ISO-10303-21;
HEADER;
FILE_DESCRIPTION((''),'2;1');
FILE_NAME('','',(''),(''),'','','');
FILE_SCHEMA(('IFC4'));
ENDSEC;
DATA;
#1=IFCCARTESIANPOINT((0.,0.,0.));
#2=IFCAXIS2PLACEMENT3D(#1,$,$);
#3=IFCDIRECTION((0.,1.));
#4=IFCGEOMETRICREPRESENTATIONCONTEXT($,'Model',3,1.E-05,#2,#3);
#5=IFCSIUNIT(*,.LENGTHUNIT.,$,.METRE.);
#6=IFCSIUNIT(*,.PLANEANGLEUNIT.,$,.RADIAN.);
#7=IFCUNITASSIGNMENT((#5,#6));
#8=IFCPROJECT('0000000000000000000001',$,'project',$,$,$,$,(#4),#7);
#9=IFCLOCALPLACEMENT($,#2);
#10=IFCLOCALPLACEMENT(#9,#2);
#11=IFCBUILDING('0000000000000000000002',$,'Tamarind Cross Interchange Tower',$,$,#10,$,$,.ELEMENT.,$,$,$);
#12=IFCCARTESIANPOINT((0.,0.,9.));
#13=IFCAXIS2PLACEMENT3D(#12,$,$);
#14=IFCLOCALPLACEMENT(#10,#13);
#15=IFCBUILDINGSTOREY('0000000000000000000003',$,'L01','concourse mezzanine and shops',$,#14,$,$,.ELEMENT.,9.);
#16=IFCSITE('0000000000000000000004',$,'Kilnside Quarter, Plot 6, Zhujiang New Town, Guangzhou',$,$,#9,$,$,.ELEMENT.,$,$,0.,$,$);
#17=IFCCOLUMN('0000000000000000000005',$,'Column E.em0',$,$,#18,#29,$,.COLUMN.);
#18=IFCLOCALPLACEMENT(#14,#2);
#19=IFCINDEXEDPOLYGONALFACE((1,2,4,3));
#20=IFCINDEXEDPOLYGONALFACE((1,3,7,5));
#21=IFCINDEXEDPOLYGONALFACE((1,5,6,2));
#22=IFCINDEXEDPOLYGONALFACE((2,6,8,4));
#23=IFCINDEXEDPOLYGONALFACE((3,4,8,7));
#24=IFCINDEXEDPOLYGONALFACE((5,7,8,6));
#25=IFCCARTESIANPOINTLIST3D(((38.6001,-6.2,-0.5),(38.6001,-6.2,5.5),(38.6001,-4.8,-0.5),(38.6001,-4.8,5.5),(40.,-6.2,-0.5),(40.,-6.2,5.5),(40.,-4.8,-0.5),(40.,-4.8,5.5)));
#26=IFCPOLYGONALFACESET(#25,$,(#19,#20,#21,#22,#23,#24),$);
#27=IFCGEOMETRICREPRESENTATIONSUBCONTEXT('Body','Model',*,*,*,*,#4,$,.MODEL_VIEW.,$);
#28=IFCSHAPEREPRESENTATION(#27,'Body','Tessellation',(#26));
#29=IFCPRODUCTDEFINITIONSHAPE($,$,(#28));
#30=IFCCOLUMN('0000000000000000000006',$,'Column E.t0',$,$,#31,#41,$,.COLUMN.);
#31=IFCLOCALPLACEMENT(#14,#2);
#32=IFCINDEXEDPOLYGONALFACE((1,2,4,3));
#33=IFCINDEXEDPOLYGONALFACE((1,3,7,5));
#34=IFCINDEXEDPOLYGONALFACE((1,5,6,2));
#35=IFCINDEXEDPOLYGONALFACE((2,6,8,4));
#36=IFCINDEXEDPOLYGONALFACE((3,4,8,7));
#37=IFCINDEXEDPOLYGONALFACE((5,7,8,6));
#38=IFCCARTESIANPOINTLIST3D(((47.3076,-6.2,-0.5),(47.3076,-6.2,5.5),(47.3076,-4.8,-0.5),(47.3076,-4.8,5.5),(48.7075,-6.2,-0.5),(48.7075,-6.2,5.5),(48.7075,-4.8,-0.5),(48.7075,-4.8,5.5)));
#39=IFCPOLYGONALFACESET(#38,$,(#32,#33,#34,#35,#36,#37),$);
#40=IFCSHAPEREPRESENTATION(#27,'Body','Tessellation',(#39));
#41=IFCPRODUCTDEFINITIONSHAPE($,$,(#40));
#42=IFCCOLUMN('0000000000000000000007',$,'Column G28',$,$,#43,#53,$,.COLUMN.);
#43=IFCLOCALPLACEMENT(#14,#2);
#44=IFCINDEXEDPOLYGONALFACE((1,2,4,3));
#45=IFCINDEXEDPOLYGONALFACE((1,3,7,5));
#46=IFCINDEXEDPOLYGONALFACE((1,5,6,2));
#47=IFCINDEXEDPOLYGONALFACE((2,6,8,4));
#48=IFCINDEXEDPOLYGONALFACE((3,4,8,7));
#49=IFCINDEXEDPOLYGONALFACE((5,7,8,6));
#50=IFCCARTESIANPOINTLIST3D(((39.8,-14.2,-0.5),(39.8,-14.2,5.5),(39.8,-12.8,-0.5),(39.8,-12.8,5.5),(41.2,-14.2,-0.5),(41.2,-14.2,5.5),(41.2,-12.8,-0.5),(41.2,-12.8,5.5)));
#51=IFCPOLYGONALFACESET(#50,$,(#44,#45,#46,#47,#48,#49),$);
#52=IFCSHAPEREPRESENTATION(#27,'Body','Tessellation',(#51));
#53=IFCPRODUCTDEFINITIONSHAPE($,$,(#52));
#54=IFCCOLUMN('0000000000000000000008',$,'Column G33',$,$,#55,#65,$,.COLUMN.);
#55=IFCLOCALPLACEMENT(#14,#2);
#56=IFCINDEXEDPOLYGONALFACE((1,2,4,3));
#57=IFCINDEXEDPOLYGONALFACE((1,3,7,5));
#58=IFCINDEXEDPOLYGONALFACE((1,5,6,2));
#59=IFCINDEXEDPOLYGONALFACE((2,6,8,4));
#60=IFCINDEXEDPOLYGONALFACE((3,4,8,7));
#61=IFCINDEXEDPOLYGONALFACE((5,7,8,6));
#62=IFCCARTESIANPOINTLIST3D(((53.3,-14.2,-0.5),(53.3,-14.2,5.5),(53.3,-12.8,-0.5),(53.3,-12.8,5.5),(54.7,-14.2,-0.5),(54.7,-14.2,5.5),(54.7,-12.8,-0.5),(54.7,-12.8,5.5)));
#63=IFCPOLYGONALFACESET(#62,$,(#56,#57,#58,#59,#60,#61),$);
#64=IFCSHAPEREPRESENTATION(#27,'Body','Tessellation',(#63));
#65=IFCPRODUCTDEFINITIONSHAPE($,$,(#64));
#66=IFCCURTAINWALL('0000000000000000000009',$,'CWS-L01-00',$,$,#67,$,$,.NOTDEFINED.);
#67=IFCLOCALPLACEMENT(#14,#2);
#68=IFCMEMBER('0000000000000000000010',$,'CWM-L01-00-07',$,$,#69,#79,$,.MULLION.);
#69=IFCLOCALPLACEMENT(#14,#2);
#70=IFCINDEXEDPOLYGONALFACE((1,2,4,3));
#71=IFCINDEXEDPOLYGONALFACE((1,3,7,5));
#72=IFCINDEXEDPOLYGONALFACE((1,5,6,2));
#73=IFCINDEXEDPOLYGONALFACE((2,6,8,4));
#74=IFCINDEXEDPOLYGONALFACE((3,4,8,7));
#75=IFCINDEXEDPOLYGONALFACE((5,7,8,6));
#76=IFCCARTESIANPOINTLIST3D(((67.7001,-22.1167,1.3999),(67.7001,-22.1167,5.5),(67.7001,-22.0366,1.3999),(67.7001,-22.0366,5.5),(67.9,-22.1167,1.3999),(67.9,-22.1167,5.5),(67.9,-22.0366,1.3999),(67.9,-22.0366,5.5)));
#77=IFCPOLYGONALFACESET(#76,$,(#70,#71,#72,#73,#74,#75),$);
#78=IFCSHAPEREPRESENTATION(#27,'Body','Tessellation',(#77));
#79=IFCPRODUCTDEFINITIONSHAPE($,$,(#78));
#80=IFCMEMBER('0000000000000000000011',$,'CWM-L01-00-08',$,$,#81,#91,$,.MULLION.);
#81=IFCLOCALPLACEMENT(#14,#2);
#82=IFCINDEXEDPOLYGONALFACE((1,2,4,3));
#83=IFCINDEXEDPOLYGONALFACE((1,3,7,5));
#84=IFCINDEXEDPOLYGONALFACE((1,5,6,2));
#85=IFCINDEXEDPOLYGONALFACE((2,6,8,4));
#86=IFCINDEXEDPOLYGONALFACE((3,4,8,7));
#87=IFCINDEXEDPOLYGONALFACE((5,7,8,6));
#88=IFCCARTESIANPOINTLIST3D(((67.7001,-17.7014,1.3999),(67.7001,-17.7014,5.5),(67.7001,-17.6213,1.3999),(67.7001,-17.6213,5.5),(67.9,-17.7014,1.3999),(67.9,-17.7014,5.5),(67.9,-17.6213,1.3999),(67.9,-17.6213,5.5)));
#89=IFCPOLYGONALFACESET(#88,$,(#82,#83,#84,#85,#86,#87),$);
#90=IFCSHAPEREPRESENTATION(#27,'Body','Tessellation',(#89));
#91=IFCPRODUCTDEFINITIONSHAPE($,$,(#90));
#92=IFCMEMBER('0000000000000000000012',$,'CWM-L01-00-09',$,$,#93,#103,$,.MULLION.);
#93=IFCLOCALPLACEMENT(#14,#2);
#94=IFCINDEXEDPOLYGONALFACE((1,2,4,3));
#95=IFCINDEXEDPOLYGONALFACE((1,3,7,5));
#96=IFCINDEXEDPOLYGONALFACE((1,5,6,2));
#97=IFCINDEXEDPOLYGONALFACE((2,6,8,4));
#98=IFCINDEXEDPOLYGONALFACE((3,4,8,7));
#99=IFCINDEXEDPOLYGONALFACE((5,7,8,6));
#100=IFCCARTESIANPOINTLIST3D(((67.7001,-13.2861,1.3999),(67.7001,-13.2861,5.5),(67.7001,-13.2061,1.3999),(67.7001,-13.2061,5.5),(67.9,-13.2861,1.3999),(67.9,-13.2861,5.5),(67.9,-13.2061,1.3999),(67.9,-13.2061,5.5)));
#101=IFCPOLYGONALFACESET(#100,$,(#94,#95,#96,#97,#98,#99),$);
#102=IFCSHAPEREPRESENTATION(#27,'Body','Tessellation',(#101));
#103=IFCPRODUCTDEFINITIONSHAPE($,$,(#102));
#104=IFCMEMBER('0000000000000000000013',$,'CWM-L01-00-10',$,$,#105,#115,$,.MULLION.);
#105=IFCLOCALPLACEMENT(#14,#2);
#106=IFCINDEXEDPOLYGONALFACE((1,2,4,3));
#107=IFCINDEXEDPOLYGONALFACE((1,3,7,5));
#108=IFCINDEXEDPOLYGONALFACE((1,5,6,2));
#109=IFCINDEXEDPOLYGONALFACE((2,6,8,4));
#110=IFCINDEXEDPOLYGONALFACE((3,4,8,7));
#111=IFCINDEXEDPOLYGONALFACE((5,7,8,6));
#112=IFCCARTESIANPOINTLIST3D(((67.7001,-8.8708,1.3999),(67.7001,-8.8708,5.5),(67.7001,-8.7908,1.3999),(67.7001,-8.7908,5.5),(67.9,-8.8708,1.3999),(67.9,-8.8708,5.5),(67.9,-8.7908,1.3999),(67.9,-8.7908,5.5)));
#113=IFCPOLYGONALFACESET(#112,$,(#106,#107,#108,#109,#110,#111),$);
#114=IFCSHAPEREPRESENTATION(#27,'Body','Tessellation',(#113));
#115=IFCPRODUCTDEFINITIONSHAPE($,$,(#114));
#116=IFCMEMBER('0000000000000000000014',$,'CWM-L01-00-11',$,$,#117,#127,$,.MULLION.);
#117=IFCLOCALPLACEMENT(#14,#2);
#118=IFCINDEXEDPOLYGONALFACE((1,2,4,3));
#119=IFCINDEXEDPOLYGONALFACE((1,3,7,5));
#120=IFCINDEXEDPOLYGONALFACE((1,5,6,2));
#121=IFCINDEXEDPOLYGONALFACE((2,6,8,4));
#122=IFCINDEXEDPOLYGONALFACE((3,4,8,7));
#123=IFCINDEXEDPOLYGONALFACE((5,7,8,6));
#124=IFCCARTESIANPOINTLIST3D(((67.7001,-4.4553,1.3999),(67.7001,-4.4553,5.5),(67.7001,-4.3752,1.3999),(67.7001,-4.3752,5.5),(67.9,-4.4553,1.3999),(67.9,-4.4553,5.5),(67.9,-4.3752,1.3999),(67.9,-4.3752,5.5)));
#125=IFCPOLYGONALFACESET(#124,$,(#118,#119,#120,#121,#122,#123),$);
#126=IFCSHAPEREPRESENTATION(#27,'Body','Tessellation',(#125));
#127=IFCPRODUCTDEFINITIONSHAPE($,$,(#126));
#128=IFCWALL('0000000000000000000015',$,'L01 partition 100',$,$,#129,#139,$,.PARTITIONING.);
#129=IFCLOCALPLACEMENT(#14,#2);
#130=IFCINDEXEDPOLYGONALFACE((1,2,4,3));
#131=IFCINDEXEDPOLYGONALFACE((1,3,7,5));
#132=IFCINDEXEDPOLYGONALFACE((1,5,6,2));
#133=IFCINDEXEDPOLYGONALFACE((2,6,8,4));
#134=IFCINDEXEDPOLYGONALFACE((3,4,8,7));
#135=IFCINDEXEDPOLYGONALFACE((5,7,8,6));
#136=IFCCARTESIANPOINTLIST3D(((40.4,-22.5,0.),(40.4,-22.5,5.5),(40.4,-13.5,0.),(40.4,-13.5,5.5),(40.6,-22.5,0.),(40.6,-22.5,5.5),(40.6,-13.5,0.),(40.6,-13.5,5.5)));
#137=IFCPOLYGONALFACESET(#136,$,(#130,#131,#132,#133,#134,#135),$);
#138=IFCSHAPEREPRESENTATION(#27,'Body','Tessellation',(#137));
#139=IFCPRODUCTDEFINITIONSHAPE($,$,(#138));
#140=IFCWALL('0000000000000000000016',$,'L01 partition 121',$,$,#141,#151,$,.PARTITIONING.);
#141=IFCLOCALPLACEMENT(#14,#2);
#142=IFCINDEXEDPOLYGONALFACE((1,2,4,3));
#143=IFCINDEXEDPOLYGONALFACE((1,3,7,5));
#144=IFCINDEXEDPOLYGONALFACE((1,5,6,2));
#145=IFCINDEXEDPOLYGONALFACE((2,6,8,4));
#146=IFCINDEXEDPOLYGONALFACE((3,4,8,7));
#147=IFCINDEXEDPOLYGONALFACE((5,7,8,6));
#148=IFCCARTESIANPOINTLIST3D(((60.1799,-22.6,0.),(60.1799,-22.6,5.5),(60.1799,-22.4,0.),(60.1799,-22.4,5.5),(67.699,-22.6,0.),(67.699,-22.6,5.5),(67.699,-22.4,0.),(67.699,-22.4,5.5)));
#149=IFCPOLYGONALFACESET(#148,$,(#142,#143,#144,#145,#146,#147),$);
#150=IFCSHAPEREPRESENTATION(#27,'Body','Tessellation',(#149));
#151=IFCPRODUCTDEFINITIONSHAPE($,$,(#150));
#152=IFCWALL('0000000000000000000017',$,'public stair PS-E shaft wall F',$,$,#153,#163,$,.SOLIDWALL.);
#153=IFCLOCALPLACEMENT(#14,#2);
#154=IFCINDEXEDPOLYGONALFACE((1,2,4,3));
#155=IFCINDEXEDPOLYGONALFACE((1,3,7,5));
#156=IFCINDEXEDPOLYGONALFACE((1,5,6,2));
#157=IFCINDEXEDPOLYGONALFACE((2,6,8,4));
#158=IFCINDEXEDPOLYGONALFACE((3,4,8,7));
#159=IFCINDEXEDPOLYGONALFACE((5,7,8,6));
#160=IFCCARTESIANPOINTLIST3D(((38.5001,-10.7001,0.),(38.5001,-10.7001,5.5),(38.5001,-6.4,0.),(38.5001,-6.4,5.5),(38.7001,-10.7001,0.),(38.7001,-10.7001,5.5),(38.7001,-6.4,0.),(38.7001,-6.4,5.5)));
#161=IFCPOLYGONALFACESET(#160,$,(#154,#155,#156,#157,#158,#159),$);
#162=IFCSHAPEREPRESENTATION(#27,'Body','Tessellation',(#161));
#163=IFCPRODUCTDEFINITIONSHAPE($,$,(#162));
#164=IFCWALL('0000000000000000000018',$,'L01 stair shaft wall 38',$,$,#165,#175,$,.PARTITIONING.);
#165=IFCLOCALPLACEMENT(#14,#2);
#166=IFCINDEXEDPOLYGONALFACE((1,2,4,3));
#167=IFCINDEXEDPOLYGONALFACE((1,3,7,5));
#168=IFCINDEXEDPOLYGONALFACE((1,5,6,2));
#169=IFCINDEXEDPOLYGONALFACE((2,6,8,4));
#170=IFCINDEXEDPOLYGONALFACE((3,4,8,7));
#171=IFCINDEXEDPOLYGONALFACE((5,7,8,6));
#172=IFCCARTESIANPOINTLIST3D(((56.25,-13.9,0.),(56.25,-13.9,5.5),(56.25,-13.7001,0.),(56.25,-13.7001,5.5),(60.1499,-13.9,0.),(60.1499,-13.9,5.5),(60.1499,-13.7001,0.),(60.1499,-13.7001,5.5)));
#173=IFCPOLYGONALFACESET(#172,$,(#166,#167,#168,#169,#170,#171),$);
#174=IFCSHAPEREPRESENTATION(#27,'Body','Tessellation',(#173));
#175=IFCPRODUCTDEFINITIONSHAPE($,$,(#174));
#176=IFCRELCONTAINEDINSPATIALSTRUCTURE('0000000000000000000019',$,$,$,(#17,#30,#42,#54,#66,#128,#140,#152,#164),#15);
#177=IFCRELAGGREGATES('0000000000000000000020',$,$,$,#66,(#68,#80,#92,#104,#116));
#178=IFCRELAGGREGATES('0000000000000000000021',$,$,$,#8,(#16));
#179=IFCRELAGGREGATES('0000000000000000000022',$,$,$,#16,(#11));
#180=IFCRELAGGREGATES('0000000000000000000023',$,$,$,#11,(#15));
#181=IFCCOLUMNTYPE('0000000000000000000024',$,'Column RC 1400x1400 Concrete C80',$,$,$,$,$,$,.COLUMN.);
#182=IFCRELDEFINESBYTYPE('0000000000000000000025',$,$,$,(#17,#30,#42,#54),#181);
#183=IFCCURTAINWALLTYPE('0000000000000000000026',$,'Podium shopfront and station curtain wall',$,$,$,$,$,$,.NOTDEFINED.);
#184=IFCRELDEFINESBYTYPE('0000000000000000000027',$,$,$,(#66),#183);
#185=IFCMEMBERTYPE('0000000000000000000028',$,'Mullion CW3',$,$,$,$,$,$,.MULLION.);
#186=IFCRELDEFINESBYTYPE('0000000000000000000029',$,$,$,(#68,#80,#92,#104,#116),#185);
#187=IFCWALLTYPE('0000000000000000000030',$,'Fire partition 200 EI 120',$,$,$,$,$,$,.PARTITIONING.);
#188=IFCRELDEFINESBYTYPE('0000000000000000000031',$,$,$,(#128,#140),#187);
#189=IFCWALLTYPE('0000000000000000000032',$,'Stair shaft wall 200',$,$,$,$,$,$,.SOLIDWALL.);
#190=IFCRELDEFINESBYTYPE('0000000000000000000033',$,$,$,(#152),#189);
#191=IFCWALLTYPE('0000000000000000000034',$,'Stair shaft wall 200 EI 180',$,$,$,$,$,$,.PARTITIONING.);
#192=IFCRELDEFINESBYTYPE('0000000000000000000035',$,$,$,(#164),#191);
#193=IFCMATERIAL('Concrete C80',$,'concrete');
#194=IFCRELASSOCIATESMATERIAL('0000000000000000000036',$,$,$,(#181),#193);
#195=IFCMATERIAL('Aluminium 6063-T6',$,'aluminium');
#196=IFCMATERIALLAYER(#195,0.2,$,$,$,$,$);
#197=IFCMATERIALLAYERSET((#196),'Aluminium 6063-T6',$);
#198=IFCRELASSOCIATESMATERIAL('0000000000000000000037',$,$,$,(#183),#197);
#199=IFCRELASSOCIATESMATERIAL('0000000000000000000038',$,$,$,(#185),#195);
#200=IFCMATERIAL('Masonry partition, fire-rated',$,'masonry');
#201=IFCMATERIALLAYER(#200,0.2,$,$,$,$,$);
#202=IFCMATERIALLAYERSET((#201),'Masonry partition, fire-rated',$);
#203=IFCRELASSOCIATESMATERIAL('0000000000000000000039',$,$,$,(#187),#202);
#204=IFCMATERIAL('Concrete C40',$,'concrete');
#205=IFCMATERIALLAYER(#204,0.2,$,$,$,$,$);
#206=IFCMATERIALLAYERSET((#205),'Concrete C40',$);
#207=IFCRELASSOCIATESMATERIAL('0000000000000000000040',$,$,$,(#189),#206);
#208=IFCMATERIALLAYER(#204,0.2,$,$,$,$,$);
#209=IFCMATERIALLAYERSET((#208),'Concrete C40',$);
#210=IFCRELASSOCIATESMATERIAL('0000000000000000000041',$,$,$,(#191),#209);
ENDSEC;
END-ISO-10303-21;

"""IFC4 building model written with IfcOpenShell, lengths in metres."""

from ifc_helpers import new_model, si_unit, direction, frame, frame_2d, origin, origin_2d, place, context, subcontext, project, spatial, rectangle, extrude, material, layer, layer_set, material_profile, profile_set, type_object, element, aggregate, save


model = new_model("IFC4")

# Units and contexts
model_context = context("Model", 3, precision=1e-05, world=origin(), true_north=direction((0.0, 1.0)))
body_context = subcontext(model_context, "Body", "Model", "MODEL_VIEW")
ifc_project = project(units=[si_unit("LENGTHUNIT", "METRE"), si_unit("PLANEANGLEUNIT", "RADIAN")], contexts=[model_context])

# Site, building, storey
site_placement = place(None, origin())
site = spatial("IfcSite", under=ifc_project, at=site_placement, Name="Kilnside Quarter, Plot 6, Zhujiang New Town, Guangzhou", CompositionType="ELEMENT", RefElevation=0.0)
building_placement = place(site_placement, origin())
building = spatial("IfcBuilding", under=site, at=building_placement, Name="Tamarind Cross Interchange Tower", CompositionType="ELEMENT")
storey_placement = place(building_placement, frame((0.0, 0.0, 9.0)))
storey = spatial("IfcBuildingStorey", under=building, at=storey_placement, Name="L01", Description="concourse mezzanine and shops", CompositionType="ELEMENT", Elevation=9.0)

# Columns
ifc_material_1 = material(Name="Concrete C80", Category="concrete")
ifc_material_profile_1 = material_profile(ifc_material_1, rectangle(XDim=1.3999, YDim=1.3999, at=origin_2d()), Name="RC 1400x1400")
ifc_profile_set_1 = profile_set([ifc_material_profile_1], Name="Concrete C80")
column_type = type_object("IfcColumnType", Name="Column RC 1400x1400 Concrete C80", PredefinedType="COLUMN", material=ifc_profile_set_1)
for number, where, z_axis, x_axis, name in (
    (1, (39.3, -5.5, -0.5), (0.0, 0.0, 1.0), (1.0, 0.0, 0.0), "Column E.em0"),
    (2, (48.0076, -5.5, -0.5), (0.0, 0.0, 1.0), (1.0, 0.0, 0.0), "Column E.t0"),
    (3, (40.5, -13.5, -0.5), (0.0, 0.0, 1.0), (1.0, 0.0, 0.0), "Column G28"),
    (4, (54.0, -13.5, -0.5), (0.0, 0.0, 1.0), (1.0, 0.0, 0.0), "Column G33"),
):
    element("IfcColumn", number, at=place(storey_placement, frame(where, z_axis=z_axis, x_axis=x_axis)), inside=storey, type_object=column_type, Name=name, PredefinedType="COLUMN", context=body_context, shape_type="SweptSolid", body=[
        extrude(rectangle(XDim=1.3999, YDim=1.3999, at=origin_2d()), origin(), (0.0, 0.0, 1.0), 6.0),
    ])

# Curtain wall, members
ifc_material_2 = material(Name="Aluminium 6063-T6", Category="aluminium")
ifc_layer_1 = layer(ifc_material_2, 0.2)
ifc_layer_set_1 = layer_set([ifc_layer_1], Name="Aluminium 6063-T6")
curtain_wall_type = type_object("IfcCurtainWallType", Name="Podium shopfront and station curtain wall", PredefinedType="NOTDEFINED", material=ifc_layer_set_1)
curtain_wall_placement = place(storey_placement, origin())
curtain_wall = element("IfcCurtainWall", 5, at=curtain_wall_placement, inside=storey, type_object=curtain_wall_type, Name="CWS-L01-00", PredefinedType="NOTDEFINED")
ifc_material_profile_2 = material_profile(ifc_material_2, rectangle(XDim=0.0801, YDim=0.2, at=origin_2d()), Name="Mullion CW3")
ifc_profile_set_2 = profile_set([ifc_material_profile_2], Name="Aluminium 6063-T6")
member_type = type_object("IfcMemberType", Name="Mullion CW3", PredefinedType="MULLION", material=ifc_profile_set_2)
member_1_placement = place(storey_placement, frame((67.8, -22.0767, 1.3999), z_axis=(0.0, 0.0, 1.0), x_axis=(0.0, 1.0, 0.0)))
member_1 = element("IfcMember", 6, at=member_1_placement, type_object=member_type, Name="CWM-L01-00-07", PredefinedType="MULLION", context=body_context, shape_type="SweptSolid", body=[
    extrude(rectangle(XDim=0.0801, YDim=0.2, at=origin_2d()), origin(), (0.0, 0.0, 1.0), 4.1001),
])
member_2_placement = place(storey_placement, frame((67.8, -17.6614, 1.3999), z_axis=(0.0, 0.0, 1.0), x_axis=(0.0, 1.0, 0.0)))
member_2 = element("IfcMember", 7, at=member_2_placement, type_object=member_type, Name="CWM-L01-00-08", PredefinedType="MULLION", context=body_context, shape_type="SweptSolid", body=[
    extrude(rectangle(XDim=0.0801, YDim=0.2, at=origin_2d()), origin(), (0.0, 0.0, 1.0), 4.1001),
])
member_3_placement = place(storey_placement, frame((67.8, -13.2461, 1.3999), z_axis=(0.0, 0.0, 1.0), x_axis=(0.0, 1.0, 0.0)))
member_3 = element("IfcMember", 8, at=member_3_placement, type_object=member_type, Name="CWM-L01-00-09", PredefinedType="MULLION", context=body_context, shape_type="SweptSolid", body=[
    extrude(rectangle(XDim=0.0801, YDim=0.2, at=origin_2d()), origin(), (0.0, 0.0, 1.0), 4.1001),
])
member_4_placement = place(storey_placement, frame((67.8, -8.8308, 1.3999), z_axis=(0.0, 0.0, 1.0), x_axis=(0.0, 1.0, 0.0)))
member_4 = element("IfcMember", 9, at=member_4_placement, type_object=member_type, Name="CWM-L01-00-10", PredefinedType="MULLION", context=body_context, shape_type="SweptSolid", body=[
    extrude(rectangle(XDim=0.0801, YDim=0.2, at=origin_2d()), origin(), (0.0, 0.0, 1.0), 4.1001),
])
member_5_placement = place(storey_placement, frame((67.8, -4.4153, 1.3999), z_axis=(0.0, 0.0, 1.0), x_axis=(0.0, 1.0, 0.0)))
member_5 = element("IfcMember", 10, at=member_5_placement, type_object=member_type, Name="CWM-L01-00-11", PredefinedType="MULLION", context=body_context, shape_type="SweptSolid", body=[
    extrude(rectangle(XDim=0.0801, YDim=0.2, at=origin_2d()), origin(), (0.0, 0.0, 1.0), 4.1001),
])
aggregate(curtain_wall, [member_1, member_2, member_3, member_4, member_5])

# Walls
ifc_material_3 = material(Name="Masonry partition, fire-rated", Category="masonry")
ifc_layer_2 = layer(ifc_material_3, 0.2)
ifc_layer_set_2 = layer_set([ifc_layer_2], Name="Masonry partition, fire-rated")
wall_type_1 = type_object("IfcWallType", Name="Fire partition 200 EI 120", PredefinedType="PARTITIONING", material=ifc_layer_set_2)
wall_1_placement = place(storey_placement, frame((40.5, -22.5, 0.0), z_axis=(0.0, 0.0, 1.0), x_axis=(0.0, 1.0, 0.0)))
element("IfcWall", 11, at=wall_1_placement, inside=storey, type_object=wall_type_1, Name="L01 partition 100", PredefinedType="PARTITIONING", context=body_context, shape_type="SweptSolid", body=[
    extrude(rectangle(XDim=9.0, YDim=0.2, at=frame_2d((4.5, 0.0))), origin(), (0.0, 0.0, 1.0), 5.5),
])
wall_2_placement = place(storey_placement, frame((60.1799, -22.5, 0.0), z_axis=(0.0, 0.0, 1.0), x_axis=(1.0, 0.0, 0.0)))
element("IfcWall", 12, at=wall_2_placement, inside=storey, type_object=wall_type_1, Name="L01 partition 121", PredefinedType="PARTITIONING", context=body_context, shape_type="SweptSolid", body=[
    extrude(rectangle(XDim=7.519, YDim=0.2, at=frame_2d((3.7595, 0.0))), origin(), (0.0, 0.0, 1.0), 5.5),
])
ifc_material_4 = material(Name="Concrete C40", Category="concrete")
ifc_layer_3 = layer(ifc_material_4, 0.2)
ifc_layer_set_3 = layer_set([ifc_layer_3], Name="Concrete C40")
wall_type_2 = type_object("IfcWallType", Name="Stair shaft wall 200", PredefinedType="SOLIDWALL", material=ifc_layer_set_3)
wall_3_placement = place(storey_placement, frame((38.6001, -10.7, 0.0), z_axis=(0.0, 0.0, 1.0), x_axis=(0.0, 1.0, 0.0)))
element("IfcWall", 13, at=wall_3_placement, inside=storey, type_object=wall_type_2, Name="public stair PS-E shaft wall F", PredefinedType="SOLIDWALL", context=body_context, shape_type="SweptSolid", body=[
    extrude(rectangle(XDim=4.3, YDim=0.2, at=frame_2d((2.1499, 0.0))), origin(), (0.0, 0.0, 1.0), 5.5),
])
ifc_layer_4 = layer(ifc_material_4, 0.2)
ifc_layer_set_4 = layer_set([ifc_layer_4], Name="Concrete C40")
wall_type_3 = type_object("IfcWallType", Name="Stair shaft wall 200 EI 180", PredefinedType="PARTITIONING", material=ifc_layer_set_4)
wall_4_placement = place(storey_placement, frame((56.25, -13.8, 0.0), z_axis=(0.0, 0.0, 1.0), x_axis=(1.0, 0.0, 0.0)))
element("IfcWall", 14, at=wall_4_placement, inside=storey, type_object=wall_type_3, Name="L01 stair shaft wall 38", PredefinedType="PARTITIONING", context=body_context, shape_type="SweptSolid", body=[
    extrude(rectangle(XDim=3.8999, YDim=0.2, at=frame_2d((1.95, 0.0))), origin(), (0.0, 0.0, 1.0), 5.5),
])

save(model, "model.ifc")
